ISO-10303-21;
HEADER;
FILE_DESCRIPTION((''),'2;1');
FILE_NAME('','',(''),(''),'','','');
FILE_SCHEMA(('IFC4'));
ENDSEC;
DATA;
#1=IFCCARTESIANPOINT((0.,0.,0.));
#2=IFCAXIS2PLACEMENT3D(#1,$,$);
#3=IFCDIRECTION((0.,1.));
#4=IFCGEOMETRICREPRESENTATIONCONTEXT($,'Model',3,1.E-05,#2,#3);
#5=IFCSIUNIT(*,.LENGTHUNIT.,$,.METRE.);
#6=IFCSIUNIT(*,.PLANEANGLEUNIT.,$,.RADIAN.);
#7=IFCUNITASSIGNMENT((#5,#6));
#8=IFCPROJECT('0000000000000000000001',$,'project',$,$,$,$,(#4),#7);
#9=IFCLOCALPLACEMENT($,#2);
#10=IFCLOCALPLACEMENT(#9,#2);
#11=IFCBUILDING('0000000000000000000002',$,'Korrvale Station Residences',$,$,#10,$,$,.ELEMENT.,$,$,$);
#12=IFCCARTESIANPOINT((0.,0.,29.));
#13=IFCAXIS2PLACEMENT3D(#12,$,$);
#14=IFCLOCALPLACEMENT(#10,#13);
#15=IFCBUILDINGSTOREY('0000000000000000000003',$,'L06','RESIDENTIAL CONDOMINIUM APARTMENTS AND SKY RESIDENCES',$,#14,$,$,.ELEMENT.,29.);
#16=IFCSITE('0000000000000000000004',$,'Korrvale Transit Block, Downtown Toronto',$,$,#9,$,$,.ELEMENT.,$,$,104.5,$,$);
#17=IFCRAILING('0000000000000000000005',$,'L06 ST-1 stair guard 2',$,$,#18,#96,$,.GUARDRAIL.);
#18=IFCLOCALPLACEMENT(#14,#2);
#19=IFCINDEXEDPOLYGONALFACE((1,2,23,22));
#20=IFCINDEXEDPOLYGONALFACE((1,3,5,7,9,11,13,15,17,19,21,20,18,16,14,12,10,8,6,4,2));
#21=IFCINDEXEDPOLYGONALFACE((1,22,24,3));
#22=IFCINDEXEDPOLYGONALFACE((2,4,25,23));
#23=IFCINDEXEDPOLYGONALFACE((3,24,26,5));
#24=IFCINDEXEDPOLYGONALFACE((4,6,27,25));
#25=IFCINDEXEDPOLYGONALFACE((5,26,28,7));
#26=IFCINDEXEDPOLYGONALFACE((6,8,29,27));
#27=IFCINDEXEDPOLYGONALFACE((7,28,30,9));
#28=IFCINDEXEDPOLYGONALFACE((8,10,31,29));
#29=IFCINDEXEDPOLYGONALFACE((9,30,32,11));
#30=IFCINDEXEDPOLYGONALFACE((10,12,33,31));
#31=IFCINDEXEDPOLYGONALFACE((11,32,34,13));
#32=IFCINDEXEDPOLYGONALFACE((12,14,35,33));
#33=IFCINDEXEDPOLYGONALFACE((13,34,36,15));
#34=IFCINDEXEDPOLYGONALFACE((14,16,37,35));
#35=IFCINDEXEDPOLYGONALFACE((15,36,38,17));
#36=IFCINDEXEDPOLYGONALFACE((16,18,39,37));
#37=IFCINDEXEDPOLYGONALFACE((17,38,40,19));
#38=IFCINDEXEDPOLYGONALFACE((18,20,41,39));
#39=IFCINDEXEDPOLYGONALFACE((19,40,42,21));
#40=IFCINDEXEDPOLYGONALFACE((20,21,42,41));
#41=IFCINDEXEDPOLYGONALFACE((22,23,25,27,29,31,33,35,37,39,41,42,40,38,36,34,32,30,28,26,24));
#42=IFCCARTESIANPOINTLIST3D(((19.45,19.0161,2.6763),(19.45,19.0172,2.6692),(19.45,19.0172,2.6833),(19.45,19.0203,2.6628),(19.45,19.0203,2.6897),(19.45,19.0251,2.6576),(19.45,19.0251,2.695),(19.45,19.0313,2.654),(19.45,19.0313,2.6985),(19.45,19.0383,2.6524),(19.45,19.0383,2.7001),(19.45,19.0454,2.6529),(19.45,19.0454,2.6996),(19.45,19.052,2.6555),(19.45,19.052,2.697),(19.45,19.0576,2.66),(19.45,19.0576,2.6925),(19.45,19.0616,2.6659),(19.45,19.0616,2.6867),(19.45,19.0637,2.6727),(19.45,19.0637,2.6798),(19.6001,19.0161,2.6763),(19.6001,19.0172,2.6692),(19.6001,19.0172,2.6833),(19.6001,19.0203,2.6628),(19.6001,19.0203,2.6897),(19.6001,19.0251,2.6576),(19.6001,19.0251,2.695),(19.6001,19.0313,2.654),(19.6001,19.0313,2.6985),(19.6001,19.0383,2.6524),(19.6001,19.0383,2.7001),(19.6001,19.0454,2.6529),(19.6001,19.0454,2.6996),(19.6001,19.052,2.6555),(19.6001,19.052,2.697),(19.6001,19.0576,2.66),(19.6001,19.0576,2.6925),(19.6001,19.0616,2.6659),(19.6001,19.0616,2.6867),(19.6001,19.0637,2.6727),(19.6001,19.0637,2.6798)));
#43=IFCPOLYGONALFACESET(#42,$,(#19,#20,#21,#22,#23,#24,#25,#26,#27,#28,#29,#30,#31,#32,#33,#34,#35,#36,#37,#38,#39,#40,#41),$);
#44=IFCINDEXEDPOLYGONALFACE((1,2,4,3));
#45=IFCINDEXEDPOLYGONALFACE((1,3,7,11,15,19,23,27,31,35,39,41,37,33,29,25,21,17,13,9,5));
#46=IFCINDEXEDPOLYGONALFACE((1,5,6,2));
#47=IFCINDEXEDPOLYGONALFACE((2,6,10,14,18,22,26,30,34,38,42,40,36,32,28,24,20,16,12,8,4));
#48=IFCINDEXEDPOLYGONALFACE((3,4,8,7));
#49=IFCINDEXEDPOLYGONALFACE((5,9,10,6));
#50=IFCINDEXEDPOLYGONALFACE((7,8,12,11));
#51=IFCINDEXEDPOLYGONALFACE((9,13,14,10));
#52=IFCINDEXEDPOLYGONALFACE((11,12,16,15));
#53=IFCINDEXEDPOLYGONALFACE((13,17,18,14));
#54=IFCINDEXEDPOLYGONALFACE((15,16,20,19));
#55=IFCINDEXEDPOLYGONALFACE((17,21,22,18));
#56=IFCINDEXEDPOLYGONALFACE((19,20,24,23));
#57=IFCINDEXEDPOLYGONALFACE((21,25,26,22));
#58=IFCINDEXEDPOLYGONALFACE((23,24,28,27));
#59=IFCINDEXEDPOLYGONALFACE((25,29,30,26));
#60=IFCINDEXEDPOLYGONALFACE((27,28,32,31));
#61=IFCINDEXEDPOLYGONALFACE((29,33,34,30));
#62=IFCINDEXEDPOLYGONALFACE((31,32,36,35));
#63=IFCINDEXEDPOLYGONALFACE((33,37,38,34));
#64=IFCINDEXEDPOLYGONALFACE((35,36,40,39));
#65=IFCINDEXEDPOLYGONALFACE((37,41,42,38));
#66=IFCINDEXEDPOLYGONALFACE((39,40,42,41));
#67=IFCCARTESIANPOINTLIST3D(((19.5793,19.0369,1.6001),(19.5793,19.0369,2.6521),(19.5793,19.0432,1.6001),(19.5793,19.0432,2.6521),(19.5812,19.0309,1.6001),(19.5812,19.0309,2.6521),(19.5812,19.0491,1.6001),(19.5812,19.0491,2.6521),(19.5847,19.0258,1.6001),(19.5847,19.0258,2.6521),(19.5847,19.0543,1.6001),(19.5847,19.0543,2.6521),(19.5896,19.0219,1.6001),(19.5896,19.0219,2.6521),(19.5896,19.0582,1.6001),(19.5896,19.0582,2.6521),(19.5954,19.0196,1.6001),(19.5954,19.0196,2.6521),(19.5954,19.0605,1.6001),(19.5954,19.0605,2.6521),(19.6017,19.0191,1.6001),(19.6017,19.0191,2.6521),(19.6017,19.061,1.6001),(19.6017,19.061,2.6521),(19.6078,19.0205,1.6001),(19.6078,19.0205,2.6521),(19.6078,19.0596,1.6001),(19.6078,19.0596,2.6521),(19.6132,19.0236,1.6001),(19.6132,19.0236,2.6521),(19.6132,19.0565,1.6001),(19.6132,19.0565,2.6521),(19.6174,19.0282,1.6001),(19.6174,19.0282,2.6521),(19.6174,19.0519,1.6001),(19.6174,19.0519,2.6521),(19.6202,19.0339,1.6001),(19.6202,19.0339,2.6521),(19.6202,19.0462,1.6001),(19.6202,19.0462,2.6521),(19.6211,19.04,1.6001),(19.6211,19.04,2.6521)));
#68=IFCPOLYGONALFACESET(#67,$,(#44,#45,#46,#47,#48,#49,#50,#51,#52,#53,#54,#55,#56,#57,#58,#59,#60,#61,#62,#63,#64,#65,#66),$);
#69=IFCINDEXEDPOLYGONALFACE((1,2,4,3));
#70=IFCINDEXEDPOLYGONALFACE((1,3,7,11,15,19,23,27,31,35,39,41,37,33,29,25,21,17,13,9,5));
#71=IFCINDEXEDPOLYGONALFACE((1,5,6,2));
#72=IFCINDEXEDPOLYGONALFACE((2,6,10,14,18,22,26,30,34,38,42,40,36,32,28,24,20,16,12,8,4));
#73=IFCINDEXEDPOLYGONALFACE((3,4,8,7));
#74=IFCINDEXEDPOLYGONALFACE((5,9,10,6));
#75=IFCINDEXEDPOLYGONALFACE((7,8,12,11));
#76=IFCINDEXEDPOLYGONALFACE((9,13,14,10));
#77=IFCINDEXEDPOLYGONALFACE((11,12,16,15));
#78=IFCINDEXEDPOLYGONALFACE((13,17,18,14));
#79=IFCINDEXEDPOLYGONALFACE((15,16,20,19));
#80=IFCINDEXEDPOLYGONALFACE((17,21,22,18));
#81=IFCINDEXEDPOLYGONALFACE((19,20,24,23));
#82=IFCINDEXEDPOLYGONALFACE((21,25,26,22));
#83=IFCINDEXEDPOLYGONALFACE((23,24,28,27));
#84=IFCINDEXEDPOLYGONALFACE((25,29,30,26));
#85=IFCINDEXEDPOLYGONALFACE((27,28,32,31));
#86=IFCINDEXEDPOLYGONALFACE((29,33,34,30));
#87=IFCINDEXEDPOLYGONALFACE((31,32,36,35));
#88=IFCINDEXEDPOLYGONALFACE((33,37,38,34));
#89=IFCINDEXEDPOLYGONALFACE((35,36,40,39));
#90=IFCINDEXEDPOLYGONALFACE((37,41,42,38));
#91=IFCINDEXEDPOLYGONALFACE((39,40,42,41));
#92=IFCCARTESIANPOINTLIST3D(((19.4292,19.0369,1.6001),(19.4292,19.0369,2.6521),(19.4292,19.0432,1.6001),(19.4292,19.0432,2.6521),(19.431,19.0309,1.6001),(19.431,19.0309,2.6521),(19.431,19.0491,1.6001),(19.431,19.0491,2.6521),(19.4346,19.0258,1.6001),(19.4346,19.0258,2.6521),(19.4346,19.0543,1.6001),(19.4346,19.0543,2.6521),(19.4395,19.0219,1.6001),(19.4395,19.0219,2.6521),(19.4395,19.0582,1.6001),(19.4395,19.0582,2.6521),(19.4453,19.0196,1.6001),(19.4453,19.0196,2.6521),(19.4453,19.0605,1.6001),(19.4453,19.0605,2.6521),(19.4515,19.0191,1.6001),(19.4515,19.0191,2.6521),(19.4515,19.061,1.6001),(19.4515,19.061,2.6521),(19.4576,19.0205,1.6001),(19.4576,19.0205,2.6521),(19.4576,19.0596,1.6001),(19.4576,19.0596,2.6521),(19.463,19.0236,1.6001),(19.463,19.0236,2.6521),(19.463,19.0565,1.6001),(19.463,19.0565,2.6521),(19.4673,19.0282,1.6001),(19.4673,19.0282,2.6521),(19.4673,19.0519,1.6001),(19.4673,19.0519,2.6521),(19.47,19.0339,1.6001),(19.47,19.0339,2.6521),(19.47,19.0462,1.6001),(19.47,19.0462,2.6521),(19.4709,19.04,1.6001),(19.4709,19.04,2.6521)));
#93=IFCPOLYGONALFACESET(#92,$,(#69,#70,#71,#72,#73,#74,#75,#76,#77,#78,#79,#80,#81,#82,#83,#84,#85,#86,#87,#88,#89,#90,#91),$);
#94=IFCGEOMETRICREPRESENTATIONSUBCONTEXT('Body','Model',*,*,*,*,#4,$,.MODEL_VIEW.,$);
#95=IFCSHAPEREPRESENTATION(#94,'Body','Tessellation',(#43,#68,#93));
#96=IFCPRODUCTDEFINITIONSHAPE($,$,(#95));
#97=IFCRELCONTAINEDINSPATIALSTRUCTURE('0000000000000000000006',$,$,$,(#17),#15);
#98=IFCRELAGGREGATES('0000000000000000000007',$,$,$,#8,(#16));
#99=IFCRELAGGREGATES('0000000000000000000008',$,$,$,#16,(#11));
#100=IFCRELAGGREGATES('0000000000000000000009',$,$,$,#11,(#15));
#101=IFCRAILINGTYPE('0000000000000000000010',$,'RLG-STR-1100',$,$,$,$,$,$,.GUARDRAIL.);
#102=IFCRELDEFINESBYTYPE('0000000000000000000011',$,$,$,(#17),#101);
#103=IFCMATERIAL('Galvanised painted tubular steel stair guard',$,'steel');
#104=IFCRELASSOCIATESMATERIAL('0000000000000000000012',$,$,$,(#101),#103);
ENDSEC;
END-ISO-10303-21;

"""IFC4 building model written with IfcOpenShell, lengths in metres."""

from ifc_helpers import new_model, si_unit, direction, frame, origin, origin_2d, place, context, subcontext, project, spatial, circle, extrude, material, type_object, element, save


model = new_model("IFC4")

# Units and contexts
model_context = context("Model", 3, precision=1e-05, world=origin(), true_north=direction((0.0, 1.0)))
body_context = subcontext(model_context, "Body", "Model", "MODEL_VIEW")
ifc_project = project(units=[si_unit("LENGTHUNIT", "METRE"), si_unit("PLANEANGLEUNIT", "RADIAN")], contexts=[model_context])

# Site, building, storey
site_placement = place(None, origin())
site = spatial("IfcSite", under=ifc_project, at=site_placement, Name="Korrvale Transit Block, Downtown Toronto", CompositionType="ELEMENT", RefElevation=104.5)
building_placement = place(site_placement, origin())
building = spatial("IfcBuilding", under=site, at=building_placement, Name="Korrvale Station Residences", CompositionType="ELEMENT")
storey_placement = place(building_placement, frame((0.0, 0.0, 29.0)))
storey = spatial("IfcBuildingStorey", under=building, at=storey_placement, Name="L06", Description="RESIDENTIAL CONDOMINIUM APARTMENTS AND SKY RESIDENCES", CompositionType="ELEMENT", Elevation=29.0)

# Railing
ifc_material_1 = material(Name="Galvanised painted tubular steel stair guard", Category="steel")
railing_type_1 = type_object("IfcRailingType", Name="RLG-STR-1100", PredefinedType="GUARDRAIL", material=ifc_material_1)
railing_1_placement = place(storey_placement, frame((19.6001, 19.04, 1.6001)))
element("IfcRailing", 1, at=railing_1_placement, inside=storey, type_object=railing_type_1, Name="L06 ST-1 stair guard 2", PredefinedType="GUARDRAIL", context=body_context, shape_type="SweptSolid", body=[
    extrude(circle(Radius=0.0239, at=origin_2d()), frame((0.0, 0.0, 1.0762), z_axis=(-1.0, 0.0, 0.0), x_axis=(0.0, -1.0, 0.0)), (0.0, 0.0, 1.0), 0.1501),
    extrude(circle(Radius=0.021, at=origin_2d()), origin(), (0.0, 0.0, 1.0), 1.052),
    extrude(circle(Radius=0.021, at=origin_2d()), frame((-0.1501, 0.0, 0.0)), (0.0, 0.0, 1.0), 1.052),
])

save(model, "model.ifc")
